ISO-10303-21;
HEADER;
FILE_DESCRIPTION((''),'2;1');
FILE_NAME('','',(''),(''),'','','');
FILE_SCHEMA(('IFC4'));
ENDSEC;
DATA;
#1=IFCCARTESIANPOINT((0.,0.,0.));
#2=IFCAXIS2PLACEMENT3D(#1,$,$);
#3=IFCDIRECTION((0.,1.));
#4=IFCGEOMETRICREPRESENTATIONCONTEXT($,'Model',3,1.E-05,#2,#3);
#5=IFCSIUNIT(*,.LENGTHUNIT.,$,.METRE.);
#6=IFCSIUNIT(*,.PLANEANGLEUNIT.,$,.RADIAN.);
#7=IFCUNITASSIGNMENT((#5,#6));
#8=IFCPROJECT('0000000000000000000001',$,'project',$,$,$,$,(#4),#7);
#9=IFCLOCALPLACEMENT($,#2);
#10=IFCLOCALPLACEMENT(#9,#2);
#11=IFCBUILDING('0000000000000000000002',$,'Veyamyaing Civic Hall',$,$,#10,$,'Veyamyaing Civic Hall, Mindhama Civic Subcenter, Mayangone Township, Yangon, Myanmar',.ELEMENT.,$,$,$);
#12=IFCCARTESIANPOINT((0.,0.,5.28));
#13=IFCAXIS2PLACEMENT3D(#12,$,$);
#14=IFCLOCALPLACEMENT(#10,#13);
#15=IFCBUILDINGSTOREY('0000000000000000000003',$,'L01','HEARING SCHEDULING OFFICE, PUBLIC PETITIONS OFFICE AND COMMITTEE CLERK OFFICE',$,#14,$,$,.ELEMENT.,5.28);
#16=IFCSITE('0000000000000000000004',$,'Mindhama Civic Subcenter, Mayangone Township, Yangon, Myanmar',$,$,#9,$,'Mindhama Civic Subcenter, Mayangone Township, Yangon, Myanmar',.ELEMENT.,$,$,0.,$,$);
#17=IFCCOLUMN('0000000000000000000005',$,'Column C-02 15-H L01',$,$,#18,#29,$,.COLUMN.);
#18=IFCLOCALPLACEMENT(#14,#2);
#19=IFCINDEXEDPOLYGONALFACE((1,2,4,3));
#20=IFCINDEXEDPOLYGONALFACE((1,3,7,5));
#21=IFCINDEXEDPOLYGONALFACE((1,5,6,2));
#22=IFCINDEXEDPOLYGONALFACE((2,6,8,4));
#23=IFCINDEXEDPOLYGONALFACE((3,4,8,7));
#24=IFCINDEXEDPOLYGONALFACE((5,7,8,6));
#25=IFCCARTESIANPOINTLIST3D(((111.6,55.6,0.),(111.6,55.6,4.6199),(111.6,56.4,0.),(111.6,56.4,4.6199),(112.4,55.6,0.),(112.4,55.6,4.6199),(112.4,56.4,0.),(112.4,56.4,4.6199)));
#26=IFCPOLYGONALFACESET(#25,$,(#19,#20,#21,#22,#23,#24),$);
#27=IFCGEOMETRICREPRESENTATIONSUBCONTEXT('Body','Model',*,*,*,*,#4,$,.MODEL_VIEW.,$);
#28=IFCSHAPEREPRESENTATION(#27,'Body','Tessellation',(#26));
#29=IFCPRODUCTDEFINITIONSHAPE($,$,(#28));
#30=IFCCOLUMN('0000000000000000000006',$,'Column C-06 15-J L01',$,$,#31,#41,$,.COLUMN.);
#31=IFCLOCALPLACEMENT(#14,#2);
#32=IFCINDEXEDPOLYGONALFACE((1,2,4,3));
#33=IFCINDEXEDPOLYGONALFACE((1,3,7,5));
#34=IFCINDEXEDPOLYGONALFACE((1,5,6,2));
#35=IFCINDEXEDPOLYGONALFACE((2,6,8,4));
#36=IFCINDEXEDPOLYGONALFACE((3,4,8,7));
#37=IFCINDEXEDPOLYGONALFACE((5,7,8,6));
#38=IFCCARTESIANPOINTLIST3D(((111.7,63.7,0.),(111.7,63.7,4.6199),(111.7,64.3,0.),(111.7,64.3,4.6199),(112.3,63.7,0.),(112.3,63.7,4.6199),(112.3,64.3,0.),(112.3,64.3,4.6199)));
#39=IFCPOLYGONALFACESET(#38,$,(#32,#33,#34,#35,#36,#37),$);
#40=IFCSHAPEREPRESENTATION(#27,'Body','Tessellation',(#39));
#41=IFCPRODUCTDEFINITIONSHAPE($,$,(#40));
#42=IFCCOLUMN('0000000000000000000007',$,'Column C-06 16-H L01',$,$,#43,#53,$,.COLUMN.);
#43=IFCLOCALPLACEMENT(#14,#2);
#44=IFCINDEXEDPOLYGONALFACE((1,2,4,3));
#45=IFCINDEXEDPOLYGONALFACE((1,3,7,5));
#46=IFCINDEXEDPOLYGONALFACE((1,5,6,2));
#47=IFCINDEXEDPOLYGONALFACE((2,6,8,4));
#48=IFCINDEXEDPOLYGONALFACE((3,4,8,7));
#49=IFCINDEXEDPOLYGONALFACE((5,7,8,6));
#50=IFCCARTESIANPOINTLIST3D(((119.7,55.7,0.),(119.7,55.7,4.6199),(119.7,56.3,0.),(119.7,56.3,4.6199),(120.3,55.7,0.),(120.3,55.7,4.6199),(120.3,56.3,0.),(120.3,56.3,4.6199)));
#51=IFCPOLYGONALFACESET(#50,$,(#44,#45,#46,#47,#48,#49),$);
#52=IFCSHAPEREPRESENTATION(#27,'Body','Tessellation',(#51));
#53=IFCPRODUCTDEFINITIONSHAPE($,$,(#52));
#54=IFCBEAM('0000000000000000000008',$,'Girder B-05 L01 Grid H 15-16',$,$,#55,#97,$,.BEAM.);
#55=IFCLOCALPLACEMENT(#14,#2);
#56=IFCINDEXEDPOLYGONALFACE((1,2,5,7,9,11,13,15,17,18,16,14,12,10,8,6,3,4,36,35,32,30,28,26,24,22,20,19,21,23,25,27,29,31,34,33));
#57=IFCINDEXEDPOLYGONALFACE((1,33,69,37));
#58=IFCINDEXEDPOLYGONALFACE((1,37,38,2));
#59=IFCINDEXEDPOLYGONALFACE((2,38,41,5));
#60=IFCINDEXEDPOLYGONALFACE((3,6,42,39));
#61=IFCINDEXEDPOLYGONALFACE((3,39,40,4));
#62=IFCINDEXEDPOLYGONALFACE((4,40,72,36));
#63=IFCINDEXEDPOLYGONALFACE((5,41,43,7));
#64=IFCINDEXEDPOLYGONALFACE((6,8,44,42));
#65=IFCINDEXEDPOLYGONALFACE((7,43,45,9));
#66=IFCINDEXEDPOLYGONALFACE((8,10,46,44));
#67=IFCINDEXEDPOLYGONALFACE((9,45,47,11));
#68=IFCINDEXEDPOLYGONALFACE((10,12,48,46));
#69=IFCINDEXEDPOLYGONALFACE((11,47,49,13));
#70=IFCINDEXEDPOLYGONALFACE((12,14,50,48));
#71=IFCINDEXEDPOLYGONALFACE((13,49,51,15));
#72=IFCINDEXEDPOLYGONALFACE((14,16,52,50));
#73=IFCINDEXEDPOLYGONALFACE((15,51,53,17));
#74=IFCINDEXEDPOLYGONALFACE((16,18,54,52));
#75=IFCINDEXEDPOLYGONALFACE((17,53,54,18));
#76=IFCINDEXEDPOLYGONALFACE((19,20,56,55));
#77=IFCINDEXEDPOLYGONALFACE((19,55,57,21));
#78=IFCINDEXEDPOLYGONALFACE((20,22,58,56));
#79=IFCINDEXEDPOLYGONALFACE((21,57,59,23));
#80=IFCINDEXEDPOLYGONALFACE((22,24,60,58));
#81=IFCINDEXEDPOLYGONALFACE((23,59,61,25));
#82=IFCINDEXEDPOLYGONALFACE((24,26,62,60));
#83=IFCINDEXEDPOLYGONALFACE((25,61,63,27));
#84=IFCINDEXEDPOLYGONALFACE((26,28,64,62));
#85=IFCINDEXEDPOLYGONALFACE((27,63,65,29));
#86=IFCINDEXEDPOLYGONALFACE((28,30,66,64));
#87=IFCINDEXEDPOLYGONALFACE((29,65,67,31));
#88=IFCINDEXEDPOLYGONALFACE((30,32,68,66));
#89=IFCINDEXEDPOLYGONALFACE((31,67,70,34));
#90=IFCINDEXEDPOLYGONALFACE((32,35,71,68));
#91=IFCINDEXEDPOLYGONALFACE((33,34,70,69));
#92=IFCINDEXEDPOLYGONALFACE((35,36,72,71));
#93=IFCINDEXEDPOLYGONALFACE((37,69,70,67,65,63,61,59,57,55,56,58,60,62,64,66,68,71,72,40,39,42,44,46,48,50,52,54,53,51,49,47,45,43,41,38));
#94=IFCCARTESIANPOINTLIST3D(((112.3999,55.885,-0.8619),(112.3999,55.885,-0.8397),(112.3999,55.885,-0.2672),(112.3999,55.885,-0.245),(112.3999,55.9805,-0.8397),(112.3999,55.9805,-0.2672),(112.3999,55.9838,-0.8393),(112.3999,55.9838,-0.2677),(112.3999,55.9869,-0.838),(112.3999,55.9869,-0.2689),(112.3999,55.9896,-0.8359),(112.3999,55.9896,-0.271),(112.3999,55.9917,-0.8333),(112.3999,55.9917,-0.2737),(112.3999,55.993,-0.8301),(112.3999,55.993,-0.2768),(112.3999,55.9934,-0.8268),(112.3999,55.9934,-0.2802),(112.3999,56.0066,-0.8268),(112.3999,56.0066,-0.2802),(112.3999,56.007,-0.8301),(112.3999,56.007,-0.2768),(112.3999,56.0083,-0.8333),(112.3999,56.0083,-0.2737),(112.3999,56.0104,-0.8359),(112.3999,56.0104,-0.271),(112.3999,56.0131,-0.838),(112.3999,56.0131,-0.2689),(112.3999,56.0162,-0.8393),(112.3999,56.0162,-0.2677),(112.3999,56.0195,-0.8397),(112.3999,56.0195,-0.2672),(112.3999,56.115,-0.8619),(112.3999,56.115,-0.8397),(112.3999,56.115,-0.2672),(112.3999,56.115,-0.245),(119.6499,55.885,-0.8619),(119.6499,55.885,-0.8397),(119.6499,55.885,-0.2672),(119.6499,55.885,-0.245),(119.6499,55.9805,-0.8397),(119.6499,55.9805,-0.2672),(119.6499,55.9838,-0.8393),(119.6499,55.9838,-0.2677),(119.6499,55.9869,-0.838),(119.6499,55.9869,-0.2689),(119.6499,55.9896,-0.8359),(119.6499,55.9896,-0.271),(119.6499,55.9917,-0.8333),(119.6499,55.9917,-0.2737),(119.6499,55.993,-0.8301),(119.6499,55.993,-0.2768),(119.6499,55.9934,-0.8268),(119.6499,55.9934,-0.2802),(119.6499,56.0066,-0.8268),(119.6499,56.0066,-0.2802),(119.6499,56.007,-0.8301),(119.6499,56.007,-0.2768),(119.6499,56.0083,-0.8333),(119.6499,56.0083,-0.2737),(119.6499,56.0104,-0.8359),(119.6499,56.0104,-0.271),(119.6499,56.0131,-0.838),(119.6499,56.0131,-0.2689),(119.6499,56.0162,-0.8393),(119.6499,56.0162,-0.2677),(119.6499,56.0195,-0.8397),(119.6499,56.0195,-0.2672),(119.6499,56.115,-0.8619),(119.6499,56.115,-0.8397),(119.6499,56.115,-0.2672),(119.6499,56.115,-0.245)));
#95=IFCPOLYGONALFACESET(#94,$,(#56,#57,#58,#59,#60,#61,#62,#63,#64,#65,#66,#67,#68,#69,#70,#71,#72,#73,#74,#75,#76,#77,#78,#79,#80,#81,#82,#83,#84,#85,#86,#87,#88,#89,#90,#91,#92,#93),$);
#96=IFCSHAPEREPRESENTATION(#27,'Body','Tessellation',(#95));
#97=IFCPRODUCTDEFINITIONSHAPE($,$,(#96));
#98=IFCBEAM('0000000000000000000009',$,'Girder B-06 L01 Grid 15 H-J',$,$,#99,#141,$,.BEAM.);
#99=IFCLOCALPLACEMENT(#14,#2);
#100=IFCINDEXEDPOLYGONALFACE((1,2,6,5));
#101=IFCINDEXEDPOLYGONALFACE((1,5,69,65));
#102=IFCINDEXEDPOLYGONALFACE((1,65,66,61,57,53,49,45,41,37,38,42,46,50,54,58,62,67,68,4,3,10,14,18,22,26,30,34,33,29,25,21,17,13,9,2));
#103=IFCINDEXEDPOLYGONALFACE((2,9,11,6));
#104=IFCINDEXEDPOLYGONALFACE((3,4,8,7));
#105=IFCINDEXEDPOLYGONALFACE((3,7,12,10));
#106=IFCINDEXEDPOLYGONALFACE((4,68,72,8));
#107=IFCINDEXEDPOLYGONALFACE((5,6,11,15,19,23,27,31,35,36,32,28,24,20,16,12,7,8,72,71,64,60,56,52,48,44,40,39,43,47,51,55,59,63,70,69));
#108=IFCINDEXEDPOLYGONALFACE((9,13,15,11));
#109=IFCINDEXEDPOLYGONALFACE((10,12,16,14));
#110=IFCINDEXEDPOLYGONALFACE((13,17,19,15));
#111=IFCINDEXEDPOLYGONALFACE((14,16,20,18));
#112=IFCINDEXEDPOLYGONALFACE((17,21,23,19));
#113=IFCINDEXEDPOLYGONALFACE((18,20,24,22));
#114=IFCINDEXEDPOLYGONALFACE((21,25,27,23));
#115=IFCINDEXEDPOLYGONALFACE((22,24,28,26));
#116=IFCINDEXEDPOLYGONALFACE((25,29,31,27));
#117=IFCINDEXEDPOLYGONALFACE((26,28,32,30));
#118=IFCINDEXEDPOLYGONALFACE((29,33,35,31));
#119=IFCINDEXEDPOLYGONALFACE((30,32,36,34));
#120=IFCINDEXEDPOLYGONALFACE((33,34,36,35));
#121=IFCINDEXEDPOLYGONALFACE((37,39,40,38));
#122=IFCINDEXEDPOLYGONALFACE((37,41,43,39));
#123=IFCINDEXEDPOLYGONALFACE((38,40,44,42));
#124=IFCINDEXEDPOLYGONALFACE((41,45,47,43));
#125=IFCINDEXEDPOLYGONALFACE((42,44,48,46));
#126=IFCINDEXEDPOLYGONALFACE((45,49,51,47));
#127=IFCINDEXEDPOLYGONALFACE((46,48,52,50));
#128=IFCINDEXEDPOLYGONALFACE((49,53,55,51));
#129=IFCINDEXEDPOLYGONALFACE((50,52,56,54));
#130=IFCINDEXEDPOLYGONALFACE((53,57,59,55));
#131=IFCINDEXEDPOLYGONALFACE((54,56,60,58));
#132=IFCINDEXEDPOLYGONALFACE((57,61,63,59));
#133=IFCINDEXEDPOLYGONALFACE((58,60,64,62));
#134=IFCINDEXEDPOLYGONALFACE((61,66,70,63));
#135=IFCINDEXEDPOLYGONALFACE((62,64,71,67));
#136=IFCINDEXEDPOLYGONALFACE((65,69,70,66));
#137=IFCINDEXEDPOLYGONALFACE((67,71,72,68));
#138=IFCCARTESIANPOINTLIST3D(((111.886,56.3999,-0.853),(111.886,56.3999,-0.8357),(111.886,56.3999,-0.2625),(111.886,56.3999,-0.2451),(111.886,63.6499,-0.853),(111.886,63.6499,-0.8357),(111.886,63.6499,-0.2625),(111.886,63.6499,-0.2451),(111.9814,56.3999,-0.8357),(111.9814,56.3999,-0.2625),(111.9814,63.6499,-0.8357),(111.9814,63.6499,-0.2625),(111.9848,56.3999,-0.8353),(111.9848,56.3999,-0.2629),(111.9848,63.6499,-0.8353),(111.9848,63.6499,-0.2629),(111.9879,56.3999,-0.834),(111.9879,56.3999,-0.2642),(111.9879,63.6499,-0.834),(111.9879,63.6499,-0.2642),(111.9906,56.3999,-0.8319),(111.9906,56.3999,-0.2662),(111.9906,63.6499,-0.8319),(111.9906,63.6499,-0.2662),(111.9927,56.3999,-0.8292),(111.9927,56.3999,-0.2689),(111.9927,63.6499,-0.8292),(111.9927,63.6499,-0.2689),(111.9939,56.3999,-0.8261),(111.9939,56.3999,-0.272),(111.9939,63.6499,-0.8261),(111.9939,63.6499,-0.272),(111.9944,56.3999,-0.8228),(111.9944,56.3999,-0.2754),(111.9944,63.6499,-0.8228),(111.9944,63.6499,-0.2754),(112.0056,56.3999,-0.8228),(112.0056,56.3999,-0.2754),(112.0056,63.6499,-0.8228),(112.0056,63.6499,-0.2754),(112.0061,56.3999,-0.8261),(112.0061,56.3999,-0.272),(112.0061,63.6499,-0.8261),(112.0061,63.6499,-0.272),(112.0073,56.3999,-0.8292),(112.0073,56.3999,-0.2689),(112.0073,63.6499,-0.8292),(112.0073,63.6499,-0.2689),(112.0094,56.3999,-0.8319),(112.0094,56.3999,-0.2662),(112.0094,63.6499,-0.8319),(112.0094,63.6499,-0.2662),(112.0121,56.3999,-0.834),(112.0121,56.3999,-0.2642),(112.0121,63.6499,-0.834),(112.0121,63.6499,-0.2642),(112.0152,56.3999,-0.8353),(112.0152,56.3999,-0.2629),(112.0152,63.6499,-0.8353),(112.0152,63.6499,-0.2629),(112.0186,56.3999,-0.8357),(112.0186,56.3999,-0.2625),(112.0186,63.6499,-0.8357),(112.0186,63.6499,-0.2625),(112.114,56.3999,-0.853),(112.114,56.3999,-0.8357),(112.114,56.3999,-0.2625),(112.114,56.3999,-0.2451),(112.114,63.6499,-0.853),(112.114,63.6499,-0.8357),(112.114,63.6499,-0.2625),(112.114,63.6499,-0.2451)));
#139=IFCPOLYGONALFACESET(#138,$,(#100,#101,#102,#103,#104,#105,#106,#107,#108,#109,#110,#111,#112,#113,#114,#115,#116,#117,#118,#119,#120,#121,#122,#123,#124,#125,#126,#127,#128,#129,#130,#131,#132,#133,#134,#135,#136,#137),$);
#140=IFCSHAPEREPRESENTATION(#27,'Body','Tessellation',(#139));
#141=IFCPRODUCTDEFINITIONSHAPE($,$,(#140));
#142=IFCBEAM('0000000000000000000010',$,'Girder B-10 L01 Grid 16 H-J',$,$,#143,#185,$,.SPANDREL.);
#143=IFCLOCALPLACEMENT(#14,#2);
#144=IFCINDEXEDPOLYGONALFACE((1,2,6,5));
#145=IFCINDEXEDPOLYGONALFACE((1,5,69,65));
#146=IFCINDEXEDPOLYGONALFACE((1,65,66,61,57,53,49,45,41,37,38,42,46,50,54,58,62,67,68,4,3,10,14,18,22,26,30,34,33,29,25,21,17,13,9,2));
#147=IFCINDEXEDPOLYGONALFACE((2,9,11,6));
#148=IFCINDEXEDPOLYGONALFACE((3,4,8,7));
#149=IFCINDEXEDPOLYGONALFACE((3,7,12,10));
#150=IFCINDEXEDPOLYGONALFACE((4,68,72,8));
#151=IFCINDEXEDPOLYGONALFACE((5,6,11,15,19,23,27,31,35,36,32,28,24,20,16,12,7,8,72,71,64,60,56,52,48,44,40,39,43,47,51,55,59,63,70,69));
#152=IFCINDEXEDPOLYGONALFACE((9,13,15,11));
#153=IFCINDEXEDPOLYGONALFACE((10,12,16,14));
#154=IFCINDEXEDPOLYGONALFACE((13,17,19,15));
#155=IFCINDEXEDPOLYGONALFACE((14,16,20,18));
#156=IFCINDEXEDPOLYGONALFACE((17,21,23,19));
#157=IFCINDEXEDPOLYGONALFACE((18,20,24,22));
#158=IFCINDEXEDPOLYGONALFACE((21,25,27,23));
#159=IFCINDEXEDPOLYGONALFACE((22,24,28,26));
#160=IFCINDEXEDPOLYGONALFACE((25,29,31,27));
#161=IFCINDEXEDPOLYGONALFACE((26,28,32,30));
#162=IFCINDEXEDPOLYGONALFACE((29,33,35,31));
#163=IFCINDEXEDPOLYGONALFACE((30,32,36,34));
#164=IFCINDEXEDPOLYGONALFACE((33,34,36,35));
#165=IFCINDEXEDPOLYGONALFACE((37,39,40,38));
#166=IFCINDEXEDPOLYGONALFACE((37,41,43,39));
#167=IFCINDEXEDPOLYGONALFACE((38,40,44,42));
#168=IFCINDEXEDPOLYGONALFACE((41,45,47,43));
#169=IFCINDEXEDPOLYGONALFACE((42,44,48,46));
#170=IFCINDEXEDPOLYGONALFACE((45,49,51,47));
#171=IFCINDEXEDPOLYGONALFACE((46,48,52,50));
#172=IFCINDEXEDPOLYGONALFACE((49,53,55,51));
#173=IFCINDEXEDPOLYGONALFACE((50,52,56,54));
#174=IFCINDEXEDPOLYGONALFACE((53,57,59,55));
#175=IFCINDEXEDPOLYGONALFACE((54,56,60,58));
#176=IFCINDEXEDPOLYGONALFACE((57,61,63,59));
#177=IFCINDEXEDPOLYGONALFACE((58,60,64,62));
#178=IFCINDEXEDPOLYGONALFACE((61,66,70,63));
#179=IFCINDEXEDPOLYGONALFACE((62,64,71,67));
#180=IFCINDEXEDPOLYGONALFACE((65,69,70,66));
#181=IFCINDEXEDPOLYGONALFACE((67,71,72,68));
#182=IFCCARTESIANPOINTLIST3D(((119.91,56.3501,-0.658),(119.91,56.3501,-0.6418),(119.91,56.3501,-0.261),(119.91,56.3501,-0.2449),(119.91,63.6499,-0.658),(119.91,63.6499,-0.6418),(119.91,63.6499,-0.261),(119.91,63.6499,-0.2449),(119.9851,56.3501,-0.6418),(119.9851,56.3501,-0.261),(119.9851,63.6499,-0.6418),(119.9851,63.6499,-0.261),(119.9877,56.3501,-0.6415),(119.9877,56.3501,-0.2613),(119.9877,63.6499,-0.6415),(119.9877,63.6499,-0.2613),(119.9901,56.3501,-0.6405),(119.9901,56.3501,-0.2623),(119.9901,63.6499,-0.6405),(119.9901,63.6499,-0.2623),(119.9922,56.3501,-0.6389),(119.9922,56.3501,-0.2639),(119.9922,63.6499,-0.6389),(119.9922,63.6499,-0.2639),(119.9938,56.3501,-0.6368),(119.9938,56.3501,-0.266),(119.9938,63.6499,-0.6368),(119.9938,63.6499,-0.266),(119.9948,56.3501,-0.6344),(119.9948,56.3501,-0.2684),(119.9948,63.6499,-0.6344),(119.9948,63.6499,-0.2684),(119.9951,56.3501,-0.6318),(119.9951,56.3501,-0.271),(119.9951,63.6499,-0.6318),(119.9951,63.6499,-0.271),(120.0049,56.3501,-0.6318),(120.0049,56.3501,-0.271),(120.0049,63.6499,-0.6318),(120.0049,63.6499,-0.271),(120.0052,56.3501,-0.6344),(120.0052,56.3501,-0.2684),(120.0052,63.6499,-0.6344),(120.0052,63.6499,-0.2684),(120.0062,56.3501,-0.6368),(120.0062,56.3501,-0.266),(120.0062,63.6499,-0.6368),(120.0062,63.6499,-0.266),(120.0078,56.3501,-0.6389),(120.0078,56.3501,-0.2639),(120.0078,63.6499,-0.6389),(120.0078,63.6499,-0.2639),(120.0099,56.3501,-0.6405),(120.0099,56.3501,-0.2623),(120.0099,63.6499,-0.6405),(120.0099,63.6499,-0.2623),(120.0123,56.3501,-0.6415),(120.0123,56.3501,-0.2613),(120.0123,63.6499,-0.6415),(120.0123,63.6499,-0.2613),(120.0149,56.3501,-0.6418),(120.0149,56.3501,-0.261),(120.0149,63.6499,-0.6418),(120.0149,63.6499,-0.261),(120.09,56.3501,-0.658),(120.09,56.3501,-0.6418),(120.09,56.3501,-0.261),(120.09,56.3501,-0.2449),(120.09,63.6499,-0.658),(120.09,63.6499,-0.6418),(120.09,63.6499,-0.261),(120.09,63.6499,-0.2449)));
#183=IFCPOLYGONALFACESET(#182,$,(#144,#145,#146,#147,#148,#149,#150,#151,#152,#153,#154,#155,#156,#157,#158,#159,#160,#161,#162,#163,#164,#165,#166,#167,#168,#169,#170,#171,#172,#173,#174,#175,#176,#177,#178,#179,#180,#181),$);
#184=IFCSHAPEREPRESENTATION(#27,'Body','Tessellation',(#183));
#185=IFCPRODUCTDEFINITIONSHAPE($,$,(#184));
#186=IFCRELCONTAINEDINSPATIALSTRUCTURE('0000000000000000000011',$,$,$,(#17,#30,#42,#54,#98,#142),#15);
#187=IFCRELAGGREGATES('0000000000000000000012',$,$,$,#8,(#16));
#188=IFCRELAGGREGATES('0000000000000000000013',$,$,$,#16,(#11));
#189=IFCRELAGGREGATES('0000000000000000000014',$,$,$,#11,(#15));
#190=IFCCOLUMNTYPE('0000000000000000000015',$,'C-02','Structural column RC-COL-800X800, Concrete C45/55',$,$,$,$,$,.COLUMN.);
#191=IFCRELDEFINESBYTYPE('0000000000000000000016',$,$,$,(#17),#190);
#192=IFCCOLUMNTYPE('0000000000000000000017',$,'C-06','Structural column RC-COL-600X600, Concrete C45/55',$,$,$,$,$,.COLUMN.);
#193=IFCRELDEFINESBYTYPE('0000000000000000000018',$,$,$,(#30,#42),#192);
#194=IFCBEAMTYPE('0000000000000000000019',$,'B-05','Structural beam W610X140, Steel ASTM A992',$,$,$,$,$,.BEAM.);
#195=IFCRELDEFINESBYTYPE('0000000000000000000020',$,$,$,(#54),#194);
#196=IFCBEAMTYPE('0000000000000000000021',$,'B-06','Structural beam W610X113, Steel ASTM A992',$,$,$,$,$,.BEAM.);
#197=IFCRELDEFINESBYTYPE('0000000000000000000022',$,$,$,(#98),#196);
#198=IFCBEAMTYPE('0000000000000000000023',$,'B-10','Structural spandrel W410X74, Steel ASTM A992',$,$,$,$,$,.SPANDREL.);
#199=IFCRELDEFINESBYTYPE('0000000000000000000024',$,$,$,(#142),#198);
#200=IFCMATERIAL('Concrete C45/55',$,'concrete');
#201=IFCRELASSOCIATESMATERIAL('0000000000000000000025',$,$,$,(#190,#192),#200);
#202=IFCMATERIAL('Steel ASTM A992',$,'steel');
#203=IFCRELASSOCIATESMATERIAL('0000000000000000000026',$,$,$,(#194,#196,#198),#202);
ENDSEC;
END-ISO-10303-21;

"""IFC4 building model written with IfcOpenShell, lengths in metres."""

from ifc_helpers import new_model, si_unit, direction, frame, origin, origin_2d, place, context, subcontext, project, spatial, rectangle, i_section, extrude, material, material_profile, profile_set, type_object, element, save


model = new_model("IFC4")

# Units and contexts
model_context = context("Model", 3, precision=1e-05, world=origin(), true_north=direction((0.0, 1.0)))
body_context = subcontext(model_context, "Body", "Model", "MODEL_VIEW")
ifc_project = project(units=[si_unit("LENGTHUNIT", "METRE"), si_unit("PLANEANGLEUNIT", "RADIAN")], contexts=[model_context])

# Site, building, storey
site_placement = place(None, origin())
site = spatial("IfcSite", under=ifc_project, at=site_placement, Name="Mindhama Civic Subcenter, Mayangone Township, Yangon, Myanmar", LongName="Mindhama Civic Subcenter, Mayangone Township, Yangon, Myanmar", CompositionType="ELEMENT", RefElevation=0.0)
building_placement = place(site_placement, origin())
building = spatial("IfcBuilding", under=site, at=building_placement, Name="Veyamyaing Civic Hall", LongName="Veyamyaing Civic Hall, Mindhama Civic Subcenter, Mayangone Township, Yangon, Myanmar", CompositionType="ELEMENT")
storey_placement = place(building_placement, frame((0.0, 0.0, 5.28)))
storey = spatial("IfcBuildingStorey", under=building, at=storey_placement, Name="L01", Description="HEARING SCHEDULING OFFICE, PUBLIC PETITIONS OFFICE AND COMMITTEE CLERK OFFICE", CompositionType="ELEMENT", Elevation=5.28)

# Columns
ifc_material_1 = material(Name="Concrete C45/55", Category="concrete")
ifc_material_profile_1 = material_profile(ifc_material_1, rectangle(XDim=0.8, YDim=0.8, at=origin_2d()), Name="RC-COL-800X800")
ifc_profile_set_1 = profile_set([ifc_material_profile_1], Name="Concrete C45/55")
column_type_1 = type_object("IfcColumnType", Name="C-02", Description="Structural column RC-COL-800X800, Concrete C45/55", PredefinedType="COLUMN", material=ifc_profile_set_1)
column_placement = place(storey_placement, frame((112.0, 56.0, 0.0), z_axis=(0.0, 0.0, 1.0), x_axis=(1.0, 0.0, 0.0)))
element("IfcColumn", 1, at=column_placement, inside=storey, type_object=column_type_1, Name="Column C-02 15-H L01", PredefinedType="COLUMN", context=body_context, shape_type="SweptSolid", body=[
    extrude(rectangle(XDim=0.8, YDim=0.8, at=origin_2d()), origin(), (0.0, 0.0, 1.0), 4.6199),
])
ifc_material_profile_2 = material_profile(ifc_material_1, rectangle(XDim=0.6001, YDim=0.6001, at=origin_2d()), Name="RC-COL-600X600")
ifc_profile_set_2 = profile_set([ifc_material_profile_2], Name="Concrete C45/55")
column_type_2 = type_object("IfcColumnType", Name="C-06", Description="Structural column RC-COL-600X600, Concrete C45/55", PredefinedType="COLUMN", material=ifc_profile_set_2)
for number, where, z_axis, x_axis, name in (
    (2, (112.0, 64.0, 0.0), (0.0, 0.0, 1.0), (1.0, 0.0, 0.0), "Column C-06 15-J L01"),
    (3, (120.0, 56.0, 0.0), (0.0, 0.0, 1.0), (1.0, 0.0, 0.0), "Column C-06 16-H L01"),
):
    element("IfcColumn", number, at=place(storey_placement, frame(where, z_axis=z_axis, x_axis=x_axis)), inside=storey, type_object=column_type_2, Name=name, PredefinedType="COLUMN", context=body_context, shape_type="SweptSolid", body=[
        extrude(rectangle(XDim=0.6001, YDim=0.6001, at=origin_2d()), origin(), (0.0, 0.0, 1.0), 4.6199),
    ])

# Beams
ifc_material_2 = material(Name="Steel ASTM A992", Category="steel")
ifc_material_profile_3 = material_profile(ifc_material_2, i_section(OverallWidth=0.23, OverallDepth=0.6169, WebThickness=0.0132, FlangeThickness=0.0222, FilletRadius=0.0129, at=origin_2d()), Name="W610X140")
ifc_profile_set_3 = profile_set([ifc_material_profile_3], Name="Steel ASTM A992")
beam_type_1 = type_object("IfcBeamType", Name="B-05", Description="Structural beam W610X140, Steel ASTM A992", PredefinedType="BEAM", material=ifc_profile_set_3)
beam_1_placement = place(storey_placement, frame((112.3999, 56.0, -0.5535), z_axis=(1.0, 0.0, 0.0), x_axis=(0.0, 1.0, 0.0)))
element("IfcBeam", 4, at=beam_1_placement, inside=storey, type_object=beam_type_1, Name="Girder B-05 L01 Grid H 15-16", PredefinedType="BEAM", context=body_context, shape_type="SweptSolid", body=[
    extrude(i_section(OverallWidth=0.23, OverallDepth=0.6169, WebThickness=0.0132, FlangeThickness=0.0222, FilletRadius=0.0129, at=origin_2d()), origin(), (0.0, 0.0, 1.0), 7.25),
])
ifc_material_profile_4 = material_profile(ifc_material_2, i_section(OverallWidth=0.228, OverallDepth=0.6079, WebThickness=0.0112, FlangeThickness=0.0173, FilletRadius=0.0129, at=origin_2d()), Name="W610X113")
ifc_profile_set_4 = profile_set([ifc_material_profile_4], Name="Steel ASTM A992")
beam_type_2 = type_object("IfcBeamType", Name="B-06", Description="Structural beam W610X113, Steel ASTM A992", PredefinedType="BEAM", material=ifc_profile_set_4)
beam_2_placement = place(storey_placement, frame((112.0, 56.3999, -0.5491), z_axis=(0.0, 1.0, 0.0), x_axis=(-1.0, 0.0, 0.0)))
element("IfcBeam", 5, at=beam_2_placement, inside=storey, type_object=beam_type_2, Name="Girder B-06 L01 Grid 15 H-J", PredefinedType="BEAM", context=body_context, shape_type="SweptSolid", body=[
    extrude(i_section(OverallWidth=0.228, OverallDepth=0.6079, WebThickness=0.0112, FlangeThickness=0.0173, FilletRadius=0.0129, at=origin_2d()), origin(), (0.0, 0.0, 1.0), 7.25),
])
ifc_material_profile_5 = material_profile(ifc_material_2, i_section(OverallWidth=0.1799, OverallDepth=0.4131, WebThickness=0.0098, FlangeThickness=0.0161, FilletRadius=0.01, at=origin_2d()), Name="W410X74")
ifc_profile_set_5 = profile_set([ifc_material_profile_5], Name="Steel ASTM A992")
beam_type_3 = type_object("IfcBeamType", Name="B-10", Description="Structural spandrel W410X74, Steel ASTM A992", PredefinedType="SPANDREL", material=ifc_profile_set_5)
beam_3_placement = place(storey_placement, frame((120.0, 56.3501, -0.4514), z_axis=(0.0, 1.0, 0.0), x_axis=(-1.0, 0.0, 0.0)))
element("IfcBeam", 6, at=beam_3_placement, inside=storey, type_object=beam_type_3, Name="Girder B-10 L01 Grid 16 H-J", PredefinedType="SPANDREL", context=body_context, shape_type="SweptSolid", body=[
    extrude(i_section(OverallWidth=0.1799, OverallDepth=0.4131, WebThickness=0.0098, FlangeThickness=0.0161, FilletRadius=0.01, at=origin_2d()), origin(), (0.0, 0.0, 1.0), 7.2998),
])

save(model, "model.ifc")
